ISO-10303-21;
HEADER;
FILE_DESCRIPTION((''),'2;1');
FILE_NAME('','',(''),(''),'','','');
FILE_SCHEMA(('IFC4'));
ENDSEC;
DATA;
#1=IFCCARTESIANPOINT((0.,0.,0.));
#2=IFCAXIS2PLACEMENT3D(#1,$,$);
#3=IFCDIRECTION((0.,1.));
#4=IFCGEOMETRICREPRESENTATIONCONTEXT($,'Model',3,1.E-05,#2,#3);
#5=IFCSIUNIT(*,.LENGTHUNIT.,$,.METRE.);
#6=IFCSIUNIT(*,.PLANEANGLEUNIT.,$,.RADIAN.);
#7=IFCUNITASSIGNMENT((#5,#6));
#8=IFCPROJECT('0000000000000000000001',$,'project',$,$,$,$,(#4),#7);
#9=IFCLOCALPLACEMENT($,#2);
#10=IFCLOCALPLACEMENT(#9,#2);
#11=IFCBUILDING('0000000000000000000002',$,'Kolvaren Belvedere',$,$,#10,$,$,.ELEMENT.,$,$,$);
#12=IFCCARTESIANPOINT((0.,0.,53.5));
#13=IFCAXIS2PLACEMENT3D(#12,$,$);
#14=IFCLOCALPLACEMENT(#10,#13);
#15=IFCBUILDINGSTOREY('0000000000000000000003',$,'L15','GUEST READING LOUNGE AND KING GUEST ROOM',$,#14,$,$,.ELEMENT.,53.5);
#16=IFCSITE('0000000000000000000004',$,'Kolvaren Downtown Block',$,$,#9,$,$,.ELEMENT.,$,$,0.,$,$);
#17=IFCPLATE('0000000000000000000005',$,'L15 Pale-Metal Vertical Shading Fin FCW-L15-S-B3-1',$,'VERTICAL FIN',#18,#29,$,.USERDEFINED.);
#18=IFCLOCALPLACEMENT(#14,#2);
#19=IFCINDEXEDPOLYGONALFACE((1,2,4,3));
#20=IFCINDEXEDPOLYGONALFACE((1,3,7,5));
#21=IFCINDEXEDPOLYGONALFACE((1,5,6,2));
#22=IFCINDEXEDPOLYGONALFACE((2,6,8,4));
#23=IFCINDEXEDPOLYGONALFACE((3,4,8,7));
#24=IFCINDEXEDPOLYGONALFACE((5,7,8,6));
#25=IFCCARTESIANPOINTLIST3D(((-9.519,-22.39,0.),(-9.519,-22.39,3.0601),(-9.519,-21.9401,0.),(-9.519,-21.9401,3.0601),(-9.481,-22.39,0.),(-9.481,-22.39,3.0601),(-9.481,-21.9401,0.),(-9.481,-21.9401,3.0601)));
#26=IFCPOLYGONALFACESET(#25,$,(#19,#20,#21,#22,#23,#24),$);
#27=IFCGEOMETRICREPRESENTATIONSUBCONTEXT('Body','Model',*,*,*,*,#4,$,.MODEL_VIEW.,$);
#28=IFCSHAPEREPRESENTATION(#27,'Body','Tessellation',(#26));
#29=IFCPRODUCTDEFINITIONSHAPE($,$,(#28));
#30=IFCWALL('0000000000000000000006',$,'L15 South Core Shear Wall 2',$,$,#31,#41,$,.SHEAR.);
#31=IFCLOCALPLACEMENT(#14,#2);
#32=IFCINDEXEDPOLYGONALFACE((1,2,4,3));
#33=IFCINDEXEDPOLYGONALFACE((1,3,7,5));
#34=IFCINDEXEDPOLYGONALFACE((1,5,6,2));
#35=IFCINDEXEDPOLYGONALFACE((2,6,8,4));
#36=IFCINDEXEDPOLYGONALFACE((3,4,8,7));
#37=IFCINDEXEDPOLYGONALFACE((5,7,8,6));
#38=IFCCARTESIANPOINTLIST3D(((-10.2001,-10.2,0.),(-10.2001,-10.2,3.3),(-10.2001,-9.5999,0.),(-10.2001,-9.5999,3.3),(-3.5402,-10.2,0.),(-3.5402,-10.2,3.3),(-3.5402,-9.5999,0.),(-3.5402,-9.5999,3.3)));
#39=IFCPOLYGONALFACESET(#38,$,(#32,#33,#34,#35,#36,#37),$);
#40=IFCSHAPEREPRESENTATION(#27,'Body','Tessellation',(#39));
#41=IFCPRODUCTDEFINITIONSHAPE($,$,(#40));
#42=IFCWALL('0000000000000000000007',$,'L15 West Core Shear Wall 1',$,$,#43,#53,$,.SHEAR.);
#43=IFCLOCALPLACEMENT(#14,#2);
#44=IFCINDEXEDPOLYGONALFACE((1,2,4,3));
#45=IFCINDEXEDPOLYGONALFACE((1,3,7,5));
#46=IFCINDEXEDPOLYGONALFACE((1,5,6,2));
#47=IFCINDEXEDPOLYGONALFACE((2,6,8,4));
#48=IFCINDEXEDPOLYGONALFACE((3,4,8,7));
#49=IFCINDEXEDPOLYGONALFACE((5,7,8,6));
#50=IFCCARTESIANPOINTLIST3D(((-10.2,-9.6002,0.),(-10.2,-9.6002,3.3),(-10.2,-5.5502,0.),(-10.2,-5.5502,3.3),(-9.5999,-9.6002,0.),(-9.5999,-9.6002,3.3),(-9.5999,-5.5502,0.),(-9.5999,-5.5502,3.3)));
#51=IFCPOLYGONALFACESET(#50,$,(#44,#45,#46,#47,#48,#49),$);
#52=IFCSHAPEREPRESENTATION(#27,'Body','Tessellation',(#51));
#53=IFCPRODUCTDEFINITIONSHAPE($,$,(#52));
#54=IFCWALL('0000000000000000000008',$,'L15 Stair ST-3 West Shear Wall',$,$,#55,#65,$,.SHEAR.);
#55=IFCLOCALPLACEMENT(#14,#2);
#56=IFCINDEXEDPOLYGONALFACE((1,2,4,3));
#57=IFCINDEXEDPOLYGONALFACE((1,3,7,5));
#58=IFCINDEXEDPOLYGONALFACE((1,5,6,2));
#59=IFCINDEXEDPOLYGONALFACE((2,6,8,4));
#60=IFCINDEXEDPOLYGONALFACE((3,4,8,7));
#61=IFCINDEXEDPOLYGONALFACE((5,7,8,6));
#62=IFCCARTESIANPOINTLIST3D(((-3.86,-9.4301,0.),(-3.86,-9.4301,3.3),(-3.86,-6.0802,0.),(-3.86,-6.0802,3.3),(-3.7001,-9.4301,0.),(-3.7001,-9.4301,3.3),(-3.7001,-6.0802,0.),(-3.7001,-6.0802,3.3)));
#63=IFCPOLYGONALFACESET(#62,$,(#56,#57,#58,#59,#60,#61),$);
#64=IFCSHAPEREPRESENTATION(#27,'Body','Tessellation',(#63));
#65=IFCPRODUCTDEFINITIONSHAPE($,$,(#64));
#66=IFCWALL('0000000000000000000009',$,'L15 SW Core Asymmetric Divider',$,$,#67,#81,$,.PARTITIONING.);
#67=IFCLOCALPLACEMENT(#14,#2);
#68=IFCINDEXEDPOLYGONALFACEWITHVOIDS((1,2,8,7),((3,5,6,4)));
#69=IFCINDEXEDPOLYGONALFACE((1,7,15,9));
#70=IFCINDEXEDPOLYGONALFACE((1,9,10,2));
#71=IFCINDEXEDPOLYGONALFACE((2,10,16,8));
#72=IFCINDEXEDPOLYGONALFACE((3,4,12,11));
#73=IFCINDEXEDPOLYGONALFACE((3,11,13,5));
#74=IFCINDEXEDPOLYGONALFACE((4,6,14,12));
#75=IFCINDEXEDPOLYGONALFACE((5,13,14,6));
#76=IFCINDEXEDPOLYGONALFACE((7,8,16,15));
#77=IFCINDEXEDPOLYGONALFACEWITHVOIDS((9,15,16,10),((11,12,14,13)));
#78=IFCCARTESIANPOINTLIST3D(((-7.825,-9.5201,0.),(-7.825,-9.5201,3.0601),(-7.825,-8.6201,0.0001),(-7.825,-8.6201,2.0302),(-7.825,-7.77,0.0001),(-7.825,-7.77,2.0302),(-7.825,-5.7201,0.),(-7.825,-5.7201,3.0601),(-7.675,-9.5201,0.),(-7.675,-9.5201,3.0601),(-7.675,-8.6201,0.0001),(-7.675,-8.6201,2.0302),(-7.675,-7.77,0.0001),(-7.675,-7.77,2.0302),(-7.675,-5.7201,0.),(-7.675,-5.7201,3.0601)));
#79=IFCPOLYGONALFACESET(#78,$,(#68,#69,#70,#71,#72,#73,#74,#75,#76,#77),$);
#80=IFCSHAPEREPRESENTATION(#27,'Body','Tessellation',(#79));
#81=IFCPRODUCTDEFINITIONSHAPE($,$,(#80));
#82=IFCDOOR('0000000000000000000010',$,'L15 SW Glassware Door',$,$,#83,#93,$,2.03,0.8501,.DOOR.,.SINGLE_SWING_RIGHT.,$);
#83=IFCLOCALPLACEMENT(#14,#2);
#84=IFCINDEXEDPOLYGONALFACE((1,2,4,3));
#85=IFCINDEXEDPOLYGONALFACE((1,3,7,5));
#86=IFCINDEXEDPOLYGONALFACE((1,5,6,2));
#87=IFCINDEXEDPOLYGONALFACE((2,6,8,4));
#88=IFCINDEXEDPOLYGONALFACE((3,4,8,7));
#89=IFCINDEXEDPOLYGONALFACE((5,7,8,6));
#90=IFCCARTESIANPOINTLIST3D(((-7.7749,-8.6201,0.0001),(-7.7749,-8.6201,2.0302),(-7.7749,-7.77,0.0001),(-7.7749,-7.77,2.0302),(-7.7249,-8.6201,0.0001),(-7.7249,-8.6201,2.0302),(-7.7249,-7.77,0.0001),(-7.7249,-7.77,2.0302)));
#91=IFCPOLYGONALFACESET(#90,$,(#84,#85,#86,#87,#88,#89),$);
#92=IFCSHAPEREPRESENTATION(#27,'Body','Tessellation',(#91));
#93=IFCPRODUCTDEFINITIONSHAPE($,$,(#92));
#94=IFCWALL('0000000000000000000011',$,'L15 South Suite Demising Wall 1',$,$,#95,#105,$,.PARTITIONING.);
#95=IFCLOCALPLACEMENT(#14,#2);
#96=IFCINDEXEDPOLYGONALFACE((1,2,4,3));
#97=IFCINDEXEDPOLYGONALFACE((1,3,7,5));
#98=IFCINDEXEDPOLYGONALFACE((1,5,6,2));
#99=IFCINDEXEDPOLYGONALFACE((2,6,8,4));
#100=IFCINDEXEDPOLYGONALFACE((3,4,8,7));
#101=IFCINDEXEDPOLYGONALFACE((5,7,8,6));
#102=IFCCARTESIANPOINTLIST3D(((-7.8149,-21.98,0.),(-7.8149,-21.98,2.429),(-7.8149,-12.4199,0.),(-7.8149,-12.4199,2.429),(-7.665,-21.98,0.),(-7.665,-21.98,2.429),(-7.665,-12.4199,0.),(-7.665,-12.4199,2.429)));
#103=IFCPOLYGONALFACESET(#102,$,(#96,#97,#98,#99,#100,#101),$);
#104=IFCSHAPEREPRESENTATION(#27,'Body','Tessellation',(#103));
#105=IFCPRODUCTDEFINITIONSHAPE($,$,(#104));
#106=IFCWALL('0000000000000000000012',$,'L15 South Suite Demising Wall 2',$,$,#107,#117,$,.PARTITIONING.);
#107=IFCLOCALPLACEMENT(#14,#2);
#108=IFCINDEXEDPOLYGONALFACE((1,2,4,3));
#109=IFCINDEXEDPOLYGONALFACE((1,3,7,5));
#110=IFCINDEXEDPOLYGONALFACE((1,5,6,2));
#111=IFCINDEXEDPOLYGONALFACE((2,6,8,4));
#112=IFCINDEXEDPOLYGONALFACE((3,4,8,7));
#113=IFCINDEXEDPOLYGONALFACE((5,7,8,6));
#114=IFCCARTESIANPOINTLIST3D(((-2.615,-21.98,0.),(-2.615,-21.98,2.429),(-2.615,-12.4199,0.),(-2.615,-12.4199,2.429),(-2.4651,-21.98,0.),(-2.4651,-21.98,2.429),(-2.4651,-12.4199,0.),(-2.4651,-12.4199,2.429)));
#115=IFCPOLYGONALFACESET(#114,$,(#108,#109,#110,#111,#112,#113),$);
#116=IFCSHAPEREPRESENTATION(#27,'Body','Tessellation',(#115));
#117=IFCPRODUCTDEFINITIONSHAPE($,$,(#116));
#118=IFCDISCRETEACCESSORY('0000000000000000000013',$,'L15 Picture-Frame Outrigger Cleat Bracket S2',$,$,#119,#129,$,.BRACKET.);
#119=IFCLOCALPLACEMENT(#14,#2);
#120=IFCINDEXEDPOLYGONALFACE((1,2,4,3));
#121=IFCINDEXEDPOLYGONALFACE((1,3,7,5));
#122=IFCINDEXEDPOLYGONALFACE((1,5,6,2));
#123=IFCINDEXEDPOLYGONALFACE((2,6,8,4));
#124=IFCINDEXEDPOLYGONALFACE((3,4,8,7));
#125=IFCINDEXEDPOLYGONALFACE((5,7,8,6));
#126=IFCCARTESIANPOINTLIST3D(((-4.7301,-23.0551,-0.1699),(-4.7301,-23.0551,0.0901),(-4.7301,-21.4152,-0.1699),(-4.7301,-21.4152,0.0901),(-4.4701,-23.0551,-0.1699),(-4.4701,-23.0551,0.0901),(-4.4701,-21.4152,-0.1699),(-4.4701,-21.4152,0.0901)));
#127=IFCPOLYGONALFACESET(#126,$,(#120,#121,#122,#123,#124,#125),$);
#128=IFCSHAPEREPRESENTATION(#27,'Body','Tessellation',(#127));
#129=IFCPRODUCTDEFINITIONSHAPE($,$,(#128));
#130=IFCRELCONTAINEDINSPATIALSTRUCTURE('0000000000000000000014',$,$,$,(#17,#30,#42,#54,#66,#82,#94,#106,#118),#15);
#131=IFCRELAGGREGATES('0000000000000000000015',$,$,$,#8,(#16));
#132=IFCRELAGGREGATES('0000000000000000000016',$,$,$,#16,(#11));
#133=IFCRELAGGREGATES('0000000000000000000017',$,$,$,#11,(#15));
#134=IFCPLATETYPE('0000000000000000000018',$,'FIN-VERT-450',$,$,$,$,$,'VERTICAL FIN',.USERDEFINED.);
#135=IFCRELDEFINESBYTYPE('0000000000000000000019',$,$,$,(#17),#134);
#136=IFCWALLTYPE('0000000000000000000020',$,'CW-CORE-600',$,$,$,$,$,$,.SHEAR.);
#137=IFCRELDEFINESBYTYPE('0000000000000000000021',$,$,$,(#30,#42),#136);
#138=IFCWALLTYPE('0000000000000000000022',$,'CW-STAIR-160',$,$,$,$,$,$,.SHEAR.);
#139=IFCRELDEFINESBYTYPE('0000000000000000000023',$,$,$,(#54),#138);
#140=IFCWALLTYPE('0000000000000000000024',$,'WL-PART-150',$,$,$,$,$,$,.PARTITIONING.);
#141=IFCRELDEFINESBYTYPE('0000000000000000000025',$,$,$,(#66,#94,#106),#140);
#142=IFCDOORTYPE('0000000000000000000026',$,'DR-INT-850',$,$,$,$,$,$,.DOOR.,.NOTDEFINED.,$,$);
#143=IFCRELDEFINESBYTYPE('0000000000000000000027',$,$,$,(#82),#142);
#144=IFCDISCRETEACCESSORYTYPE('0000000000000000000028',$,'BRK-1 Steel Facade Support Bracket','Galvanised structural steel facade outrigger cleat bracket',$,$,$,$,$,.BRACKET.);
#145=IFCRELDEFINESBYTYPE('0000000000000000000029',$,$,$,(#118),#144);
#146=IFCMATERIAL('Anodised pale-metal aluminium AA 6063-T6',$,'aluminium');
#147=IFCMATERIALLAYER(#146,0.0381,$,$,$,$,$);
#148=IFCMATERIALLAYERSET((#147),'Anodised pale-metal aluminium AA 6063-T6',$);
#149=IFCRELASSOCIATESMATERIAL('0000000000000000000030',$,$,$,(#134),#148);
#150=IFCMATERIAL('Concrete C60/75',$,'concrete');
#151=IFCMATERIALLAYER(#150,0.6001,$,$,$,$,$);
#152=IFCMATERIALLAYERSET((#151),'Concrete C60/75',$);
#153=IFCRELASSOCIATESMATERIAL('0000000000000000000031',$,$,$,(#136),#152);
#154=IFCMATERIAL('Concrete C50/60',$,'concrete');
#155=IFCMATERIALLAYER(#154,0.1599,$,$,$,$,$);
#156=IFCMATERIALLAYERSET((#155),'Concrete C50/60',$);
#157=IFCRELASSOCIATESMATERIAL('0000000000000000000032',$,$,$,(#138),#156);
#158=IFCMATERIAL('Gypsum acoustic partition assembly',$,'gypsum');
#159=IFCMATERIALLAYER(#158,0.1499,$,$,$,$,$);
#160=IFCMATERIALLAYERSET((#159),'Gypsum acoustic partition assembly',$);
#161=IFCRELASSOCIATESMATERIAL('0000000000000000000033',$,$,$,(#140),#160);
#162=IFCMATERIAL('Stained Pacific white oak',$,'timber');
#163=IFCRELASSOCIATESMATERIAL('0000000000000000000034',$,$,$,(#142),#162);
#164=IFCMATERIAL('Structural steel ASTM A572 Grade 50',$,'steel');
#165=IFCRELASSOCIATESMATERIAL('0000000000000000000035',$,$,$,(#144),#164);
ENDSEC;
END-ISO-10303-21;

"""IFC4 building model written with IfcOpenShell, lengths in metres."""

from ifc_helpers import new_model, si_unit, direction, frame, frame_2d, origin, origin_2d, place, context, subcontext, project, spatial, rectangle, extrude, material, layer, layer_set, type_object, element, fill, save


model = new_model("IFC4")

# Units and contexts
model_context = context("Model", 3, precision=1e-05, world=origin(), true_north=direction((0.0, 1.0)))
body_context = subcontext(model_context, "Body", "Model", "MODEL_VIEW")
ifc_project = project(units=[si_unit("LENGTHUNIT", "METRE"), si_unit("PLANEANGLEUNIT", "RADIAN")], contexts=[model_context])

# Site, building, storey
site_placement = place(None, origin())
site = spatial("IfcSite", under=ifc_project, at=site_placement, Name="Kolvaren Downtown Block", CompositionType="ELEMENT", RefElevation=0.0)
building_placement = place(site_placement, origin())
building = spatial("IfcBuilding", under=site, at=building_placement, Name="Kolvaren Belvedere", CompositionType="ELEMENT")
storey_placement = place(building_placement, frame((0.0, 0.0, 53.5)))
storey = spatial("IfcBuildingStorey", under=building, at=storey_placement, Name="L15", Description="GUEST READING LOUNGE AND KING GUEST ROOM", CompositionType="ELEMENT", Elevation=53.5)

# Plate
ifc_material_1 = material(Name="Anodised pale-metal aluminium AA 6063-T6", Category="aluminium")
ifc_layer_1 = layer(ifc_material_1, 0.0381)
ifc_layer_set_1 = layer_set([ifc_layer_1], Name="Anodised pale-metal aluminium AA 6063-T6")
plate_type_1 = type_object("IfcPlateType", Name="FIN-VERT-450", ElementType="VERTICAL FIN", PredefinedType="USERDEFINED", material=ifc_layer_set_1)
plate_1_placement = place(storey_placement, frame((-9.5, -22.165, 0.0), z_axis=(0.0, 0.0, 1.0), x_axis=(0.0, 1.0, 0.0)))
element("IfcPlate", 1, at=plate_1_placement, inside=storey, type_object=plate_type_1, Name="L15 Pale-Metal Vertical Shading Fin FCW-L15-S-B3-1", ObjectType="VERTICAL FIN", PredefinedType="USERDEFINED", context=body_context, shape_type="SweptSolid", body=[
    extrude(rectangle(XDim=0.45, YDim=0.0381, at=origin_2d()), origin(), (0.0, 0.0, 1.0), 3.0601),
])

# Walls
ifc_material_2 = material(Name="Concrete C60/75", Category="concrete")
ifc_layer_2 = layer(ifc_material_2, 0.6001)
ifc_layer_set_2 = layer_set([ifc_layer_2], Name="Concrete C60/75")
wall_type_1 = type_object("IfcWallType", Name="CW-CORE-600", PredefinedType="SHEAR", material=ifc_layer_set_2)
wall_1_placement = place(storey_placement, frame((-3.54, -9.8999, 0.0), z_axis=(0.0, 0.0, 1.0), x_axis=(-1.0, 0.0, 0.0)))
element("IfcWall", 2, at=wall_1_placement, inside=storey, type_object=wall_type_1, Name="L15 South Core Shear Wall 2", PredefinedType="SHEAR", context=body_context, shape_type="SweptSolid", body=[
    extrude(rectangle(XDim=6.6599, YDim=0.6001, at=frame_2d((3.3301, 0.0))), origin(), (0.0, 0.0, 1.0), 3.3),
])
wall_2_placement = place(storey_placement, frame((-9.8999, -9.6001, 0.0), z_axis=(0.0, 0.0, 1.0), x_axis=(0.0, 1.0, 0.0)))
element("IfcWall", 3, at=wall_2_placement, inside=storey, type_object=wall_type_1, Name="L15 West Core Shear Wall 1", PredefinedType="SHEAR", context=body_context, shape_type="SweptSolid", body=[
    extrude(rectangle(XDim=4.05, YDim=0.6001, at=frame_2d((2.0249, 0.0))), origin(), (0.0, 0.0, 1.0), 3.3),
])
ifc_material_3 = material(Name="Concrete C50/60", Category="concrete")
ifc_layer_3 = layer(ifc_material_3, 0.1599)
ifc_layer_set_3 = layer_set([ifc_layer_3], Name="Concrete C50/60")
wall_type_2 = type_object("IfcWallType", Name="CW-STAIR-160", PredefinedType="SHEAR", material=ifc_layer_set_3)
wall_3_placement = place(storey_placement, frame((-3.78, -9.4299, 0.0), z_axis=(0.0, 0.0, 1.0), x_axis=(0.0, 1.0, 0.0)))
element("IfcWall", 4, at=wall_3_placement, inside=storey, type_object=wall_type_2, Name="L15 Stair ST-3 West Shear Wall", PredefinedType="SHEAR", context=body_context, shape_type="SweptSolid", body=[
    extrude(rectangle(XDim=3.3499, YDim=0.1599, at=frame_2d((1.6748, 0.0))), origin(), (0.0, 0.0, 1.0), 3.3),
])

# Wall, opening, door
ifc_material_4 = material(Name="Gypsum acoustic partition assembly", Category="gypsum")
ifc_layer_4 = layer(ifc_material_4, 0.1499)
ifc_layer_set_4 = layer_set([ifc_layer_4], Name="Gypsum acoustic partition assembly")
wall_type_3 = type_object("IfcWallType", Name="WL-PART-150", PredefinedType="PARTITIONING", material=ifc_layer_set_4)
wall_4_placement = place(storey_placement, frame((-7.75, -9.52, 0.0), z_axis=(0.0, 0.0, 1.0), x_axis=(0.0, 1.0, 0.0)))
wall_4 = element("IfcWall", 5, at=wall_4_placement, inside=storey, type_object=wall_type_3, Name="L15 SW Core Asymmetric Divider", PredefinedType="PARTITIONING", context=body_context, shape_type="SweptSolid", body=[
    extrude(rectangle(XDim=3.8, YDim=0.1499, at=frame_2d((1.8999, 0.0))), origin(), (0.0, 0.0, 1.0), 3.0601),
])
opening_placement = place(wall_4_placement, frame((0.8999, 0.0, 0.0)))
opening = element("IfcOpeningElement", 6, at=opening_placement, cuts=wall_4, PredefinedType="OPENING", context=body_context, shape_type="SweptSolid", body=[
    extrude(rectangle(XDim=0.8501, YDim=2.03, at=frame_2d((0.425, 1.0151))), frame((0.0, 0.085, 0.0), z_axis=(0.0, -1.0, 0.0), x_axis=(1.0, 0.0, 0.0)), (0.0, 0.0, 1.0), 0.1699),
])
ifc_material_5 = material(Name="Stained Pacific white oak", Category="timber")
door_type = type_object("IfcDoorType", Name="DR-INT-850", OperationType="NOTDEFINED", PredefinedType="DOOR", material=ifc_material_5)
door_placement = place(opening_placement, origin())
door = element("IfcDoor", 7, at=door_placement, inside=storey, type_object=door_type, Name="L15 SW Glassware Door", OperationType="SINGLE_SWING_RIGHT", OverallHeight=2.03, OverallWidth=0.8501, PredefinedType="DOOR", context=body_context, shape_type="SweptSolid", body=[
    extrude(rectangle(XDim=0.8501, YDim=2.03, at=frame_2d((0.425, 1.0151))), frame((0.0, 0.0249, 0.0), z_axis=(0.0, -1.0, 0.0), x_axis=(1.0, 0.0, 0.0)), (0.0, 0.0, 1.0), 0.05),
])
fill(opening, door)

# Walls
for number, where, z_axis, x_axis, name in (
    (8, (-7.74, -21.98, 0.0), (0.0, 0.0, 1.0), (0.0, 1.0, 0.0), "L15 South Suite Demising Wall 1"),
    (9, (-2.54, -21.98, 0.0), (0.0, 0.0, 1.0), (0.0, 1.0, 0.0), "L15 South Suite Demising Wall 2"),
):
    element("IfcWall", number, at=place(storey_placement, frame(where, z_axis=z_axis, x_axis=x_axis)), inside=storey, type_object=wall_type_3, Name=name, PredefinedType="PARTITIONING", context=body_context, shape_type="SweptSolid", body=[
        extrude(rectangle(XDim=9.5601, YDim=0.1499, at=frame_2d((4.78, 0.0))), origin(), (0.0, 0.0, 1.0), 2.429),
    ])

# Discrete accessory
ifc_material_6 = material(Name="Structural steel ASTM A572 Grade 50", Category="steel")
discrete_accessory_type = type_object("IfcDiscreteAccessoryType", Name="BRK-1 Steel Facade Support Bracket", Description="Galvanised structural steel facade outrigger cleat bracket", PredefinedType="BRACKET", material=ifc_material_6)
discrete_accessory_placement = place(storey_placement, frame((-4.6001, -22.2351, -0.1699), z_axis=(0.0, 0.0, 1.0), x_axis=(0.0, 1.0, 0.0)))
element("IfcDiscreteAccessory", 10, at=discrete_accessory_placement, inside=storey, type_object=discrete_accessory_type, Name="L15 Picture-Frame Outrigger Cleat Bracket S2", PredefinedType="BRACKET", context=body_context, shape_type="SweptSolid", body=[
    extrude(rectangle(XDim=1.6399, YDim=0.26, at=origin_2d()), origin(), (0.0, 0.0, 1.0), 0.26),
])

save(model, "model.ifc")
